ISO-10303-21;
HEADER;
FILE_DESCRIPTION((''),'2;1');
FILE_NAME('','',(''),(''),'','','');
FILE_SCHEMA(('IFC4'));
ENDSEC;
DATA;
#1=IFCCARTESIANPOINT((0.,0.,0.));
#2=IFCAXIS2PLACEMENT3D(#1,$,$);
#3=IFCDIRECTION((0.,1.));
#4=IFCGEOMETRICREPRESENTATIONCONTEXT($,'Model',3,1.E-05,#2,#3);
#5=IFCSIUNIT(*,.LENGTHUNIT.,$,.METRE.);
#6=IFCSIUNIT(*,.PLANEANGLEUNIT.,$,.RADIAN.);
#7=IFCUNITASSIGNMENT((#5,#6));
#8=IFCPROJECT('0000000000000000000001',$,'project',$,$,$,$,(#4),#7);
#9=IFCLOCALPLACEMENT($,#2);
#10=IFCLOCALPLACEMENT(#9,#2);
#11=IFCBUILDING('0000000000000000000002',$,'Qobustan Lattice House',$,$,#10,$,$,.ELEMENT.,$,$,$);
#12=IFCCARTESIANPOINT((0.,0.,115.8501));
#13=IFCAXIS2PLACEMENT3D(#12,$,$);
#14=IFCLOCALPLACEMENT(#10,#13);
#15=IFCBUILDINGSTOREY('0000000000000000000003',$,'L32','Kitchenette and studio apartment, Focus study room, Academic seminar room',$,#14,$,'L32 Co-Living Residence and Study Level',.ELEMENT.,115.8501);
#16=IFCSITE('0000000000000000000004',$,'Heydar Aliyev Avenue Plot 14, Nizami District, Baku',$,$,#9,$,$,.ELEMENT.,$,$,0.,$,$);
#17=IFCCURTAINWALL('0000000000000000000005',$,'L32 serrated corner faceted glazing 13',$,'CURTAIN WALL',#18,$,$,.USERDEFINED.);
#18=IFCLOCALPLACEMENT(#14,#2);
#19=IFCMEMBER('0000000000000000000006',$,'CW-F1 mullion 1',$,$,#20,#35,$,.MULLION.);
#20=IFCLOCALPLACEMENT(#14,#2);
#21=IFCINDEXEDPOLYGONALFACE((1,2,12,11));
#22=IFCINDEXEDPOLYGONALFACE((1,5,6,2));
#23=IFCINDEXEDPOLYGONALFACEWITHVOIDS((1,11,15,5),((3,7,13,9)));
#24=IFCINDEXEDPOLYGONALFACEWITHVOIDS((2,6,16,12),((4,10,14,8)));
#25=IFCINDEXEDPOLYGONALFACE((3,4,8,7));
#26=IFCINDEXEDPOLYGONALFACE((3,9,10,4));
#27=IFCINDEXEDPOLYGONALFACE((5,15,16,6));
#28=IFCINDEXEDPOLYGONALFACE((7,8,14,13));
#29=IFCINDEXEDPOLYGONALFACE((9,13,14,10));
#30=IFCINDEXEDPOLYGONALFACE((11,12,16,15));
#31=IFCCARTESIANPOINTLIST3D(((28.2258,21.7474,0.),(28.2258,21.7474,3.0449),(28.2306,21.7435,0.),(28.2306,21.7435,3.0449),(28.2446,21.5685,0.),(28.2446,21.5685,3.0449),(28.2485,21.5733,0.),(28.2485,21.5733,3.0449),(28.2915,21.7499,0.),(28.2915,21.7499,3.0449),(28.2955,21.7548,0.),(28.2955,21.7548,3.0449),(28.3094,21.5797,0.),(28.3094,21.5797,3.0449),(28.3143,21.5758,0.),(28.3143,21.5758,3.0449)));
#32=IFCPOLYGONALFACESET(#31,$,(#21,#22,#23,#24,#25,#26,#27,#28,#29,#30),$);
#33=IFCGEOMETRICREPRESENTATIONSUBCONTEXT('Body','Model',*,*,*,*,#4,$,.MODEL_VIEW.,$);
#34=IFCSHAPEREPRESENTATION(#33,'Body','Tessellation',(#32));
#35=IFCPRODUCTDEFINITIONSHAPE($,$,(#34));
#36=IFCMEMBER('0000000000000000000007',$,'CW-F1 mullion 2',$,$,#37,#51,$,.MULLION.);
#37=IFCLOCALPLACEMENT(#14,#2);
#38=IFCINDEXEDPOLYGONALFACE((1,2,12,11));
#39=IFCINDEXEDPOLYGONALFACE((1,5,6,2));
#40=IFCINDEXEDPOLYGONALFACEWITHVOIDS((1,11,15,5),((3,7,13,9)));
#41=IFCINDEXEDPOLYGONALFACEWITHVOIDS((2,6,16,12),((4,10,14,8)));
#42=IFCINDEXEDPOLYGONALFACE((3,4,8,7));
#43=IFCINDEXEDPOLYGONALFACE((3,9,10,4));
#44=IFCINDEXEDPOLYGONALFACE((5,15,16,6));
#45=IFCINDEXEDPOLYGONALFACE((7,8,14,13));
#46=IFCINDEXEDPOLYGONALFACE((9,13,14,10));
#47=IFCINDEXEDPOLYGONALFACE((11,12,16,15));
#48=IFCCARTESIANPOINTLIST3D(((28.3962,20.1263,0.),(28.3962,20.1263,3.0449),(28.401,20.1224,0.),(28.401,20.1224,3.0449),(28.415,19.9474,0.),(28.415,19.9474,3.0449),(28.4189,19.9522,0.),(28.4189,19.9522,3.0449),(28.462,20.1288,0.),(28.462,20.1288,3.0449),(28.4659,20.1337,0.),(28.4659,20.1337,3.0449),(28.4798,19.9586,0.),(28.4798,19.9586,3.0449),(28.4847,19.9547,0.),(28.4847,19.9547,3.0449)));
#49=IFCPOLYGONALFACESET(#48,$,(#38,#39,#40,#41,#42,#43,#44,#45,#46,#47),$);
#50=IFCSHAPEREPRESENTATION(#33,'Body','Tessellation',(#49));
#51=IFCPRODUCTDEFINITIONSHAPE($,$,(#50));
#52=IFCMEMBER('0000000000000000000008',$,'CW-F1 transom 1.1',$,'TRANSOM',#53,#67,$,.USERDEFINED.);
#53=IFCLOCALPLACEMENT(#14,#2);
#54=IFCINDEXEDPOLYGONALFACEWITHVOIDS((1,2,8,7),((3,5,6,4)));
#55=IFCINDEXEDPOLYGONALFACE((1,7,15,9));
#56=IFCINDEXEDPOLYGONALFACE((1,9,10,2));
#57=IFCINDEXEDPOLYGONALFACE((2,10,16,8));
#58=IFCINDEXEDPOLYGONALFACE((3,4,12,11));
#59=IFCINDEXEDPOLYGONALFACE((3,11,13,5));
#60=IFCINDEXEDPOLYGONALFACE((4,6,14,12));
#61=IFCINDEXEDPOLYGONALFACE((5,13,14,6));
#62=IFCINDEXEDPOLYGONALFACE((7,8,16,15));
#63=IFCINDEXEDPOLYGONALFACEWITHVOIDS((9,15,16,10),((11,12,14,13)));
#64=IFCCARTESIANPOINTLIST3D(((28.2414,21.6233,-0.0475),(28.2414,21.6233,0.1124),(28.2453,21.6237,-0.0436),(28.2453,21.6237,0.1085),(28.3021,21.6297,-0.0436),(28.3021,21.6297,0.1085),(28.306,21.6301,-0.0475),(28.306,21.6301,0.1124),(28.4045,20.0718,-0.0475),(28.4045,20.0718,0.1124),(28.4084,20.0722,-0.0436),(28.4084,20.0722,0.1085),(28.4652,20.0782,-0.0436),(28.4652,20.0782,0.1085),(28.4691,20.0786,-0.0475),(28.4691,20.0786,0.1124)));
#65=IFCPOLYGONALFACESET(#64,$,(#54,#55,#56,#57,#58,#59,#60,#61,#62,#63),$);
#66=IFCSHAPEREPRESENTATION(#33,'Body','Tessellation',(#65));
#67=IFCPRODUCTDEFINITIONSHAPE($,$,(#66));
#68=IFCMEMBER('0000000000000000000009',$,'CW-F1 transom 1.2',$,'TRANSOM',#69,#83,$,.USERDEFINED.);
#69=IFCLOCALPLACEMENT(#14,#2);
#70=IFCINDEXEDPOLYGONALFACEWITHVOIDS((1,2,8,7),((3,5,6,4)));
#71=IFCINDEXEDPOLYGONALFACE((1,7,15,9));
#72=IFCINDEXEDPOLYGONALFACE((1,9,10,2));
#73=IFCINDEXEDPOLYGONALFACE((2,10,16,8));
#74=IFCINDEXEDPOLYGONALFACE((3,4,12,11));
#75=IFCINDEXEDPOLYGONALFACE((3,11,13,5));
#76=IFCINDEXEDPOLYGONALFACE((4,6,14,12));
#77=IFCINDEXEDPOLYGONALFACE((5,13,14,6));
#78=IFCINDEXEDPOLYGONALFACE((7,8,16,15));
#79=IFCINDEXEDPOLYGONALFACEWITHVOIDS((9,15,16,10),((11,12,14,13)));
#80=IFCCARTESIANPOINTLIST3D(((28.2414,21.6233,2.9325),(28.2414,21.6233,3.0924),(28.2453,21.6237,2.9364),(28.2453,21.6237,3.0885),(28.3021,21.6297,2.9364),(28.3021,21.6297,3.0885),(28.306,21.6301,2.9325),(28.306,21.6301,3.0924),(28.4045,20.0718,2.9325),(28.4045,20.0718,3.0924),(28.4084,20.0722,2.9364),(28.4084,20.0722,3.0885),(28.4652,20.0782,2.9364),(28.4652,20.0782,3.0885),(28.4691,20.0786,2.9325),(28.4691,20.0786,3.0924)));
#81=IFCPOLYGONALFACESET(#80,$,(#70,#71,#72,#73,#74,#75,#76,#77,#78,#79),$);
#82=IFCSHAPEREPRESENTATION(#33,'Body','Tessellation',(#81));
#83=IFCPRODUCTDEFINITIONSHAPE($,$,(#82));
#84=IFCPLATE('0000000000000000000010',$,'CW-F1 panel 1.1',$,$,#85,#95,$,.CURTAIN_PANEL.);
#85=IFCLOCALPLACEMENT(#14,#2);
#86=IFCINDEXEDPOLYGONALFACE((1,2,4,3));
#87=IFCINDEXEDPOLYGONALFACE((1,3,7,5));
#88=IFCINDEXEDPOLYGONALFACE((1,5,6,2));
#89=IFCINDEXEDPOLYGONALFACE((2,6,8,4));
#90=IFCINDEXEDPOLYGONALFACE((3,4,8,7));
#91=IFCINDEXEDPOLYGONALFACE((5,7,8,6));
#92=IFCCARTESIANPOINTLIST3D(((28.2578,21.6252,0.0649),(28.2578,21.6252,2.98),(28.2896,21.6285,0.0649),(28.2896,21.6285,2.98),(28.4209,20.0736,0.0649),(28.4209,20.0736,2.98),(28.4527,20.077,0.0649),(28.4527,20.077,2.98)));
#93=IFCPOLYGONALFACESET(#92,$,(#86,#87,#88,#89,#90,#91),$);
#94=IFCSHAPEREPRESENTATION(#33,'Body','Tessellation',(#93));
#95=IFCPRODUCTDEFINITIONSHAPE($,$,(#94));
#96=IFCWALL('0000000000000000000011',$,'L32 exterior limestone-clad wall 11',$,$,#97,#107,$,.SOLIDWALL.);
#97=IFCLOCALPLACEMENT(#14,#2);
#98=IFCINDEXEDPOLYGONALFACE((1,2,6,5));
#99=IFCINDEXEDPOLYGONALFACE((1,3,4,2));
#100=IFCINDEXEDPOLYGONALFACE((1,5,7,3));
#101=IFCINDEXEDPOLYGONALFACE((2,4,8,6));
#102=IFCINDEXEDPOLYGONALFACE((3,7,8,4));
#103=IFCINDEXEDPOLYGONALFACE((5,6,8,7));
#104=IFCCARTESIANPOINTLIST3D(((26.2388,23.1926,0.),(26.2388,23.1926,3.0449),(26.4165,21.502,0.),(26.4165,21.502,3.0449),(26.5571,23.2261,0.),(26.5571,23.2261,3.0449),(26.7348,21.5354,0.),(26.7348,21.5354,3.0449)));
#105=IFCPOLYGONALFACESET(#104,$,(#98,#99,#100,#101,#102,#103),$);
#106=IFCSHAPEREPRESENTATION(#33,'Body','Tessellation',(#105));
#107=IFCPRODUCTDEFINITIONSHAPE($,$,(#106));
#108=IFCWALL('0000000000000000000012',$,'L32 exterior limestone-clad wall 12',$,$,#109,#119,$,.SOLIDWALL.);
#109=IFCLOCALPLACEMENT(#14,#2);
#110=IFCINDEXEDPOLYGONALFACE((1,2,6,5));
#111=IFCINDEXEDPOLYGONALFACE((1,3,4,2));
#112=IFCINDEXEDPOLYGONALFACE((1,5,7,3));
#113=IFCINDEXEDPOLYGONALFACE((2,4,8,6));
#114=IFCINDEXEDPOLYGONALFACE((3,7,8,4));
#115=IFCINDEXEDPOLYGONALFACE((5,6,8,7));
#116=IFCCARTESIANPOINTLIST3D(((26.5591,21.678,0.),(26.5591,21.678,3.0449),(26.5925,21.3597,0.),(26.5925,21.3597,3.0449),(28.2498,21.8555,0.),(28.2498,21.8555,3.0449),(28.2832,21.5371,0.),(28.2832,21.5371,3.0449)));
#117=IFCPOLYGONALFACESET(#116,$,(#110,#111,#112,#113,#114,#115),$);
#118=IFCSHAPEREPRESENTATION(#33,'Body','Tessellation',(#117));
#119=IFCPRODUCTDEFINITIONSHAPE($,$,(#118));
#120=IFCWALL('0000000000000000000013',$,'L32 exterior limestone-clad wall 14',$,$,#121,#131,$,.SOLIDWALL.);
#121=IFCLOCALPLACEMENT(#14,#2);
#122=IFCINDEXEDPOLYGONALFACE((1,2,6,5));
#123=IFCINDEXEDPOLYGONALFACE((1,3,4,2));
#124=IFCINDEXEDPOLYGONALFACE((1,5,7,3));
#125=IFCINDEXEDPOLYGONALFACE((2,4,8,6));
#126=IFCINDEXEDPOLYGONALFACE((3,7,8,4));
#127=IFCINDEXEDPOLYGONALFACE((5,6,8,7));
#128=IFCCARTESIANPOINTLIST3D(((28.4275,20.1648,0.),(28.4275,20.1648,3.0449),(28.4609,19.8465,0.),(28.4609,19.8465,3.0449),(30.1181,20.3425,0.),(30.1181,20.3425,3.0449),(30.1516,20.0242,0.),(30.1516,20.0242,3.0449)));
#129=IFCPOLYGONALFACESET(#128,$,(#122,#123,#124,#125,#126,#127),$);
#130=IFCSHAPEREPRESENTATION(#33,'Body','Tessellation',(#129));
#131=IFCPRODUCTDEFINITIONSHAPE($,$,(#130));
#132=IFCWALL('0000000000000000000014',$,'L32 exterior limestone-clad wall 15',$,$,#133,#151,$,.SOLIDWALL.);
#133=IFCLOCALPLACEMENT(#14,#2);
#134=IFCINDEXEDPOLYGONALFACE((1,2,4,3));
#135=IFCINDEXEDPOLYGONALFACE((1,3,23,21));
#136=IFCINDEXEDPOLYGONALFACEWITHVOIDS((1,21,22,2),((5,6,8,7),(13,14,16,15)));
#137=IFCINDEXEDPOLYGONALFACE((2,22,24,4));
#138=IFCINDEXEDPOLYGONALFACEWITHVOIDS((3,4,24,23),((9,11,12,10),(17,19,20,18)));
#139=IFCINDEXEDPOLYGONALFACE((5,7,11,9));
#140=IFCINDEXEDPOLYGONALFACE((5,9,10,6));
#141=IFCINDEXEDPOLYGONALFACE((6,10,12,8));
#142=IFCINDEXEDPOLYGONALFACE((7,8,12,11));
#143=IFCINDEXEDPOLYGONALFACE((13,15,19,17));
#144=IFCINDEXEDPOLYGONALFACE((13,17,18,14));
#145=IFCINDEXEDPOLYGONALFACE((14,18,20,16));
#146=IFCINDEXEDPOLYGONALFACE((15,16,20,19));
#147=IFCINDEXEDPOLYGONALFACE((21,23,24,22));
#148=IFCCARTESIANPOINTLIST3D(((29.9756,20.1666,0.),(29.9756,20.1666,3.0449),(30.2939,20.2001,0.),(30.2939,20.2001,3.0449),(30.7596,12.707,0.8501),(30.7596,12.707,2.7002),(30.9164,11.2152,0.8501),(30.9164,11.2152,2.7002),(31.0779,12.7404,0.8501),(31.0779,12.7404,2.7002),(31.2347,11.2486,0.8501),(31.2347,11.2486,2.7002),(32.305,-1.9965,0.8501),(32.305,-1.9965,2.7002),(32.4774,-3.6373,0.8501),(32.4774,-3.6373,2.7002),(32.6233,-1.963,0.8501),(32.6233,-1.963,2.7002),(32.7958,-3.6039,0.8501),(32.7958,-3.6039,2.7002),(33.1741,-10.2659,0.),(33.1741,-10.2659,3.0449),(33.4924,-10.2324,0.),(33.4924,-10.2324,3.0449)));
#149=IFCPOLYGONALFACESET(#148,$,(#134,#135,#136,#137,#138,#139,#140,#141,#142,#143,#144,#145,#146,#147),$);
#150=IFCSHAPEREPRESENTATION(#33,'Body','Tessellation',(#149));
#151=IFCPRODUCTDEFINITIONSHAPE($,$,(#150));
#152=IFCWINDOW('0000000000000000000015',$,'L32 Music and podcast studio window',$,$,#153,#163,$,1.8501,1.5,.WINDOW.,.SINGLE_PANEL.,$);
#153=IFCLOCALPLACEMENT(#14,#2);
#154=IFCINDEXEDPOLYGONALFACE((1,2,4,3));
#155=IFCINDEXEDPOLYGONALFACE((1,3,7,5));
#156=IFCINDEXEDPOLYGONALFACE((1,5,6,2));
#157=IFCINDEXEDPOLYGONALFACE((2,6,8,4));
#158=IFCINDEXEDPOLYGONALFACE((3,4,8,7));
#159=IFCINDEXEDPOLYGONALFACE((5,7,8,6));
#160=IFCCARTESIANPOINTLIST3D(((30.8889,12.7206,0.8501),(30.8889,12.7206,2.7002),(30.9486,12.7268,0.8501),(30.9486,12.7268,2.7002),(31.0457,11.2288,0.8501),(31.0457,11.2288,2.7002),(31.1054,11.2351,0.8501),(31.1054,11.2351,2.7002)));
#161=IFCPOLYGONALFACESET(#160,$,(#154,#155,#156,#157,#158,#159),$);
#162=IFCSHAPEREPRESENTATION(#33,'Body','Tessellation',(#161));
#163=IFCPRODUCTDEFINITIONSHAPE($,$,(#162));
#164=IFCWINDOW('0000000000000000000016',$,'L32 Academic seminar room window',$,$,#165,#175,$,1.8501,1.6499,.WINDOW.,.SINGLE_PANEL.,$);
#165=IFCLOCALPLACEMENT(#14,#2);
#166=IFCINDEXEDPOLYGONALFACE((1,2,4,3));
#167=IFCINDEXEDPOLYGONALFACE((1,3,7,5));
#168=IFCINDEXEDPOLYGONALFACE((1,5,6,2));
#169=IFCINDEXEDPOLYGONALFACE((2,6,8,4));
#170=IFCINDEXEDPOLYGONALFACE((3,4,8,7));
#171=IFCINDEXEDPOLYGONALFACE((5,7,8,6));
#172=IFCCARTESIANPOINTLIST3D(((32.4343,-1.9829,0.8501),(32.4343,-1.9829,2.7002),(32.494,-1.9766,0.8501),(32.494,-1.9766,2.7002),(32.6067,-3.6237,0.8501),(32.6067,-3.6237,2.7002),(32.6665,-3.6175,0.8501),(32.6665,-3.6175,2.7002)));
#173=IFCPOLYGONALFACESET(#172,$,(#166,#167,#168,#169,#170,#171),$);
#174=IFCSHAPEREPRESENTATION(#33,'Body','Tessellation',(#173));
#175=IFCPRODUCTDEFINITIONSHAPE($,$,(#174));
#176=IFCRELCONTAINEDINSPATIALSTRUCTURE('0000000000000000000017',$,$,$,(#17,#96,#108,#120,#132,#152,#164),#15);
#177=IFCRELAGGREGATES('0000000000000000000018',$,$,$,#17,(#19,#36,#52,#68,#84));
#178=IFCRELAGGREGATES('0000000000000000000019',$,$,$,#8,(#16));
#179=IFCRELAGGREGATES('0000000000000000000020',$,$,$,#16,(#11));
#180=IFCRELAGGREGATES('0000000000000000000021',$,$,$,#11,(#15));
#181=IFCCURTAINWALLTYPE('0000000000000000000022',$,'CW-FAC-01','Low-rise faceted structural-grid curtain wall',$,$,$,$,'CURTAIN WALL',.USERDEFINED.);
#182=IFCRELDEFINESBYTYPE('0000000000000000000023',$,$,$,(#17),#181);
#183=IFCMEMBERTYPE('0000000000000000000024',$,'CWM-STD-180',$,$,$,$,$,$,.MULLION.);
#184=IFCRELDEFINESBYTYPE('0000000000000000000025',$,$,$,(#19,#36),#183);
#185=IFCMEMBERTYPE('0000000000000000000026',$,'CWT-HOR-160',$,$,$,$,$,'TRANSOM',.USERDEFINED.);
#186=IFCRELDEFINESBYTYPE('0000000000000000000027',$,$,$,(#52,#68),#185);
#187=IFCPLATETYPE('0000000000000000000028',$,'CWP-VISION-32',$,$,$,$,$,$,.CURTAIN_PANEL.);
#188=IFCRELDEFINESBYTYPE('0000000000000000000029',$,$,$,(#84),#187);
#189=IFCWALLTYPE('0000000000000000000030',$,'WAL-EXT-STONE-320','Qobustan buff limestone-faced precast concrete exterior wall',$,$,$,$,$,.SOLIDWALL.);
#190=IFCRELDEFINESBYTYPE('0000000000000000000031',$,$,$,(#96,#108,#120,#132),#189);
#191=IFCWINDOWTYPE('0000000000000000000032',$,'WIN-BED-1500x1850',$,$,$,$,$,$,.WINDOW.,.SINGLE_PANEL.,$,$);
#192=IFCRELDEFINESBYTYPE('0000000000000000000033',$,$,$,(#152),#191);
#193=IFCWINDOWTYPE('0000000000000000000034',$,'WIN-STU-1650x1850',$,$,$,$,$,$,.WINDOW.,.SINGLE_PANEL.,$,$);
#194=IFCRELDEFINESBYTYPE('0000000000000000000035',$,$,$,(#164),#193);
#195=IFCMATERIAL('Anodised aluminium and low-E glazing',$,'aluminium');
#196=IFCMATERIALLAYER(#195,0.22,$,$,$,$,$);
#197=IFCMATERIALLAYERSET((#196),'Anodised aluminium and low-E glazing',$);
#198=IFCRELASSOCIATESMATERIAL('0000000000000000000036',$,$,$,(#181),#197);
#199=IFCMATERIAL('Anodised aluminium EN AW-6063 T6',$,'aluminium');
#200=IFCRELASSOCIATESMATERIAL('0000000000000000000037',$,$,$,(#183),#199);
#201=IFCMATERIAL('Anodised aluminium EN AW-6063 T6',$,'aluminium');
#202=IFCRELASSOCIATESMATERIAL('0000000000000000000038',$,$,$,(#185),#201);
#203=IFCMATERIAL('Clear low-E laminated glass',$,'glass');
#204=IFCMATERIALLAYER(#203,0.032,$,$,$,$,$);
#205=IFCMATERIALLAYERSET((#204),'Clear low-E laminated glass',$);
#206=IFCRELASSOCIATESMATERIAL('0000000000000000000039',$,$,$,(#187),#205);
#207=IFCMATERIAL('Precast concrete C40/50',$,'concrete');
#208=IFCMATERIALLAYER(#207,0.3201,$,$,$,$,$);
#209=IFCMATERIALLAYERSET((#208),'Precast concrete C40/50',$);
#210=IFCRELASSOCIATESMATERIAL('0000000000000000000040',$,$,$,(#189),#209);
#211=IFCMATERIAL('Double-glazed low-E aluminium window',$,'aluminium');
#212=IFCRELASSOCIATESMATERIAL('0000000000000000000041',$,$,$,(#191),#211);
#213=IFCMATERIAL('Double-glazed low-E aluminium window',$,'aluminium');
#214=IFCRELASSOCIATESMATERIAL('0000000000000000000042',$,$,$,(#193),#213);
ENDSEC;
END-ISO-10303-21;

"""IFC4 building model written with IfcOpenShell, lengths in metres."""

from ifc_helpers import new_model, si_unit, direction, frame, frame_2d, origin, origin_2d, place, context, subcontext, project, spatial, rectangle, hollow_rectangle, extrude, material, layer, layer_set, material_profile, profile_set, type_object, element, fill, aggregate, save


model = new_model("IFC4")

# Units and contexts
model_context = context("Model", 3, precision=1e-05, world=origin(), true_north=direction((0.0, 1.0)))
body_context = subcontext(model_context, "Body", "Model", "MODEL_VIEW")
ifc_project = project(units=[si_unit("LENGTHUNIT", "METRE"), si_unit("PLANEANGLEUNIT", "RADIAN")], contexts=[model_context])

# Site, building, storey
site_placement = place(None, origin())
site = spatial("IfcSite", under=ifc_project, at=site_placement, Name="Heydar Aliyev Avenue Plot 14, Nizami District, Baku", CompositionType="ELEMENT", RefElevation=0.0)
building_placement = place(site_placement, origin())
building = spatial("IfcBuilding", under=site, at=building_placement, Name="Qobustan Lattice House", CompositionType="ELEMENT")
storey_placement = place(building_placement, frame((0.0, 0.0, 115.8501)))
storey = spatial("IfcBuildingStorey", under=building, at=storey_placement, Name="L32", Description="Kitchenette and studio apartment, Focus study room, Academic seminar room", LongName="L32 Co-Living Residence and Study Level", CompositionType="ELEMENT", Elevation=115.8501)

# Curtain wall, members, plate
ifc_material_1 = material(Name="Anodised aluminium and low-E glazing", Category="aluminium")
ifc_layer_1 = layer(ifc_material_1, 0.22)
ifc_layer_set_1 = layer_set([ifc_layer_1], Name="Anodised aluminium and low-E glazing")
curtain_wall_type = type_object("IfcCurtainWallType", Name="CW-FAC-01", Description="Low-rise faceted structural-grid curtain wall", ElementType="CURTAIN WALL", PredefinedType="USERDEFINED", material=ifc_layer_set_1)
curtain_wall_placement = place(storey_placement, origin())
curtain_wall = element("IfcCurtainWall", 1, at=curtain_wall_placement, inside=storey, type_object=curtain_wall_type, Name="L32 serrated corner faceted glazing 13", ObjectType="CURTAIN WALL", PredefinedType="USERDEFINED")
ifc_material_2 = material(Name="Anodised aluminium EN AW-6063 T6", Category="aluminium")
ifc_material_profile_1 = material_profile(ifc_material_2, hollow_rectangle(XDim=0.0701, YDim=0.1799, WallThickness=0.0044, at=origin_2d()), Name="CWM-180x70")
ifc_profile_set_1 = profile_set([ifc_material_profile_1], Name="Anodised aluminium EN AW-6063 T6")
member_type_1 = type_object("IfcMemberType", Name="CWM-STD-180", PredefinedType="MULLION", material=ifc_profile_set_1)
member_1_placement = place(storey_placement, frame((28.27, 21.6616, 0.0), z_axis=(0.0, 0.0, 1.0), x_axis=(0.994522, 0.104529, 0.0)))
member_1 = element("IfcMember", 2, at=member_1_placement, type_object=member_type_1, Name="CW-F1 mullion 1", PredefinedType="MULLION", context=body_context, shape_type="SweptSolid", body=[
    extrude(hollow_rectangle(XDim=0.0701, YDim=0.1799, WallThickness=0.0044, at=origin_2d()), origin(), (0.0, 0.0, 1.0), 3.0449),
])
member_2_placement = place(storey_placement, frame((28.4404, 20.0405, 0.0), z_axis=(0.0, 0.0, 1.0), x_axis=(0.994522, 0.104529, 0.0)))
member_2 = element("IfcMember", 3, at=member_2_placement, type_object=member_type_1, Name="CW-F1 mullion 2", PredefinedType="MULLION", context=body_context, shape_type="SweptSolid", body=[
    extrude(hollow_rectangle(XDim=0.0701, YDim=0.1799, WallThickness=0.0044, at=origin_2d()), origin(), (0.0, 0.0, 1.0), 3.0449),
])
ifc_material_3 = material(Name="Anodised aluminium EN AW-6063 T6", Category="aluminium")
ifc_material_profile_2 = material_profile(ifc_material_3, hollow_rectangle(XDim=0.0649, YDim=0.1599, WallThickness=0.0039, at=origin_2d()), Name="CWT-160x65")
ifc_profile_set_2 = profile_set([ifc_material_profile_2], Name="Anodised aluminium EN AW-6063 T6")
member_type_2 = type_object("IfcMemberType", Name="CWT-HOR-160", ElementType="TRANSOM", PredefinedType="USERDEFINED", material=ifc_profile_set_2)
member_3_placement = place(storey_placement, frame((28.2737, 21.6267, 0.0325), z_axis=(0.104538, -0.994521, 0.0), x_axis=(0.994521, 0.104538, 0.0)))
member_3 = element("IfcMember", 4, at=member_3_placement, type_object=member_type_2, Name="CW-F1 transom 1.1", ObjectType="TRANSOM", PredefinedType="USERDEFINED", context=body_context, shape_type="SweptSolid", body=[
    extrude(hollow_rectangle(XDim=0.0649, YDim=0.1599, WallThickness=0.0039, at=origin_2d()), origin(), (0.0, 0.0, 1.0), 1.5601),
])
member_4_placement = place(storey_placement, frame((28.2737, 21.6267, 3.0125), z_axis=(0.104538, -0.994521, 0.0), x_axis=(0.994521, 0.104538, 0.0)))
member_4 = element("IfcMember", 5, at=member_4_placement, type_object=member_type_2, Name="CW-F1 transom 1.2", ObjectType="TRANSOM", PredefinedType="USERDEFINED", context=body_context, shape_type="SweptSolid", body=[
    extrude(hollow_rectangle(XDim=0.0649, YDim=0.1599, WallThickness=0.0039, at=origin_2d()), origin(), (0.0, 0.0, 1.0), 1.5601),
])
ifc_material_4 = material(Name="Clear low-E laminated glass", Category="glass")
ifc_layer_2 = layer(ifc_material_4, 0.032)
ifc_layer_set_2 = layer_set([ifc_layer_2], Name="Clear low-E laminated glass")
plate_type = type_object("IfcPlateType", Name="CWP-VISION-32", PredefinedType="CURTAIN_PANEL", material=ifc_layer_set_2)
plate_placement = place(storey_placement, frame((28.3552, 20.8511, 0.0649), z_axis=(0.0, 0.0, 1.0), x_axis=(0.104529, -0.994522, 0.0)))
plate = element("IfcPlate", 6, at=plate_placement, type_object=plate_type, Name="CW-F1 panel 1.1", PredefinedType="CURTAIN_PANEL", context=body_context, shape_type="SweptSolid", body=[
    extrude(rectangle(XDim=1.5601, YDim=0.032, at=origin_2d()), origin(), (0.0, 0.0, 1.0), 2.915),
])
aggregate(curtain_wall, [member_1, member_2, member_3, member_4, plate])

# Walls
ifc_material_5 = material(Name="Precast concrete C40/50", Category="concrete")
ifc_layer_3 = layer(ifc_material_5, 0.3201)
ifc_layer_set_3 = layer_set([ifc_layer_3], Name="Precast concrete C40/50")
wall_type_1 = type_object("IfcWallType", Name="WAL-EXT-STONE-320", Description="Qobustan buff limestone-faced precast concrete exterior wall", PredefinedType="SOLIDWALL", material=ifc_layer_set_3)
for number, where, z_axis, x_axis, name in (
    (7, (26.3979, 23.2095, 0.0), (0.0, 0.0, 1.0), (0.10455, -0.99452, 0.0), "L32 exterior limestone-clad wall 11"),
    (8, (26.5757, 21.5188, 0.0), (0.0, 0.0, 1.0), (0.994535, 0.104408, 0.0), "L32 exterior limestone-clad wall 12"),
    (9, (28.4441, 20.0056, 0.0), (0.0, 0.0, 1.0), (0.99452, 0.10455, 0.0), "L32 exterior limestone-clad wall 14"),
):
    element("IfcWall", number, at=place(storey_placement, frame(where, z_axis=z_axis, x_axis=x_axis)), inside=storey, type_object=wall_type_1, Name=name, PredefinedType="SOLIDWALL", context=body_context, shape_type="SweptSolid", body=[
        extrude(rectangle(XDim=1.7, YDim=0.3201, at=frame_2d((0.8501, 0.0))), origin(), (0.0, 0.0, 1.0), 3.0449),
    ])

# Wall, openings, windows
wall_1_placement = place(storey_placement, frame((30.1348, 20.1833, 0.0), z_axis=(0.0, 0.0, 1.0), x_axis=(0.104526, -0.994522, 0.0)))
wall_1 = element("IfcWall", 10, at=wall_1_placement, inside=storey, type_object=wall_type_1, Name="L32 exterior limestone-clad wall 15", PredefinedType="SOLIDWALL", context=body_context, shape_type="SweptSolid", body=[
    extrude(rectangle(XDim=30.6001, YDim=0.3201, at=frame_2d((15.3, 0.0))), origin(), (0.0, 0.0, 1.0), 3.0449),
])
opening_1_placement = place(wall_1_placement, frame((7.5007, 0.0, 0.8501)))
opening_1 = element("IfcOpeningElement", 11, at=opening_1_placement, cuts=wall_1, PredefinedType="OPENING", context=body_context, shape_type="SweptSolid", body=[
    extrude(rectangle(XDim=1.5, YDim=1.8501, at=frame_2d((0.75, 0.925))), frame((0.0, 0.1699, 0.0), z_axis=(0.0, -1.0, 0.0), x_axis=(1.0, 0.0, 0.0)), (0.0, 0.0, 1.0), 0.3401),
])
opening_2_placement = place(wall_1_placement, frame((22.2852, 0.0, 0.8501)))
opening_2 = element("IfcOpeningElement", 12, at=opening_2_placement, cuts=wall_1, PredefinedType="OPENING", context=body_context, shape_type="SweptSolid", body=[
    extrude(rectangle(XDim=1.6499, YDim=1.8501, at=frame_2d((0.825, 0.925))), frame((0.0, 0.1699, 0.0), z_axis=(0.0, -1.0, 0.0), x_axis=(1.0, 0.0, 0.0)), (0.0, 0.0, 1.0), 0.3401),
])
ifc_material_6 = material(Name="Double-glazed low-E aluminium window", Category="aluminium")
window_type_1 = type_object("IfcWindowType", Name="WIN-BED-1500x1850", PartitioningType="SINGLE_PANEL", PredefinedType="WINDOW", material=ifc_material_6)
window_1_placement = place(opening_1_placement, origin())
window_1 = element("IfcWindow", 13, at=window_1_placement, inside=storey, type_object=window_type_1, Name="L32 Music and podcast studio window", OverallHeight=1.8501, OverallWidth=1.5, PartitioningType="SINGLE_PANEL", PredefinedType="WINDOW", context=body_context, shape_type="SweptSolid", body=[
    extrude(rectangle(XDim=1.5, YDim=1.8501, at=frame_2d((0.75, 0.925))), frame((0.0, 0.03, 0.0), z_axis=(0.0, -1.0, 0.0), x_axis=(1.0, 0.0, 0.0)), (0.0, 0.0, 1.0), 0.0601),
])
fill(opening_1, window_1)
ifc_material_7 = material(Name="Double-glazed low-E aluminium window", Category="aluminium")
window_type_2 = type_object("IfcWindowType", Name="WIN-STU-1650x1850", PartitioningType="SINGLE_PANEL", PredefinedType="WINDOW", material=ifc_material_7)
window_2_placement = place(opening_2_placement, origin())
window_2 = element("IfcWindow", 14, at=window_2_placement, inside=storey, type_object=window_type_2, Name="L32 Academic seminar room window", OverallHeight=1.8501, OverallWidth=1.6499, PartitioningType="SINGLE_PANEL", PredefinedType="WINDOW", context=body_context, shape_type="SweptSolid", body=[
    extrude(rectangle(XDim=1.6499, YDim=1.8501, at=frame_2d((0.825, 0.925))), frame((0.0, 0.03, 0.0), z_axis=(0.0, -1.0, 0.0), x_axis=(1.0, 0.0, 0.0)), (0.0, 0.0, 1.0), 0.0601),
])
fill(opening_2, window_2)

save(model, "model.ifc")
